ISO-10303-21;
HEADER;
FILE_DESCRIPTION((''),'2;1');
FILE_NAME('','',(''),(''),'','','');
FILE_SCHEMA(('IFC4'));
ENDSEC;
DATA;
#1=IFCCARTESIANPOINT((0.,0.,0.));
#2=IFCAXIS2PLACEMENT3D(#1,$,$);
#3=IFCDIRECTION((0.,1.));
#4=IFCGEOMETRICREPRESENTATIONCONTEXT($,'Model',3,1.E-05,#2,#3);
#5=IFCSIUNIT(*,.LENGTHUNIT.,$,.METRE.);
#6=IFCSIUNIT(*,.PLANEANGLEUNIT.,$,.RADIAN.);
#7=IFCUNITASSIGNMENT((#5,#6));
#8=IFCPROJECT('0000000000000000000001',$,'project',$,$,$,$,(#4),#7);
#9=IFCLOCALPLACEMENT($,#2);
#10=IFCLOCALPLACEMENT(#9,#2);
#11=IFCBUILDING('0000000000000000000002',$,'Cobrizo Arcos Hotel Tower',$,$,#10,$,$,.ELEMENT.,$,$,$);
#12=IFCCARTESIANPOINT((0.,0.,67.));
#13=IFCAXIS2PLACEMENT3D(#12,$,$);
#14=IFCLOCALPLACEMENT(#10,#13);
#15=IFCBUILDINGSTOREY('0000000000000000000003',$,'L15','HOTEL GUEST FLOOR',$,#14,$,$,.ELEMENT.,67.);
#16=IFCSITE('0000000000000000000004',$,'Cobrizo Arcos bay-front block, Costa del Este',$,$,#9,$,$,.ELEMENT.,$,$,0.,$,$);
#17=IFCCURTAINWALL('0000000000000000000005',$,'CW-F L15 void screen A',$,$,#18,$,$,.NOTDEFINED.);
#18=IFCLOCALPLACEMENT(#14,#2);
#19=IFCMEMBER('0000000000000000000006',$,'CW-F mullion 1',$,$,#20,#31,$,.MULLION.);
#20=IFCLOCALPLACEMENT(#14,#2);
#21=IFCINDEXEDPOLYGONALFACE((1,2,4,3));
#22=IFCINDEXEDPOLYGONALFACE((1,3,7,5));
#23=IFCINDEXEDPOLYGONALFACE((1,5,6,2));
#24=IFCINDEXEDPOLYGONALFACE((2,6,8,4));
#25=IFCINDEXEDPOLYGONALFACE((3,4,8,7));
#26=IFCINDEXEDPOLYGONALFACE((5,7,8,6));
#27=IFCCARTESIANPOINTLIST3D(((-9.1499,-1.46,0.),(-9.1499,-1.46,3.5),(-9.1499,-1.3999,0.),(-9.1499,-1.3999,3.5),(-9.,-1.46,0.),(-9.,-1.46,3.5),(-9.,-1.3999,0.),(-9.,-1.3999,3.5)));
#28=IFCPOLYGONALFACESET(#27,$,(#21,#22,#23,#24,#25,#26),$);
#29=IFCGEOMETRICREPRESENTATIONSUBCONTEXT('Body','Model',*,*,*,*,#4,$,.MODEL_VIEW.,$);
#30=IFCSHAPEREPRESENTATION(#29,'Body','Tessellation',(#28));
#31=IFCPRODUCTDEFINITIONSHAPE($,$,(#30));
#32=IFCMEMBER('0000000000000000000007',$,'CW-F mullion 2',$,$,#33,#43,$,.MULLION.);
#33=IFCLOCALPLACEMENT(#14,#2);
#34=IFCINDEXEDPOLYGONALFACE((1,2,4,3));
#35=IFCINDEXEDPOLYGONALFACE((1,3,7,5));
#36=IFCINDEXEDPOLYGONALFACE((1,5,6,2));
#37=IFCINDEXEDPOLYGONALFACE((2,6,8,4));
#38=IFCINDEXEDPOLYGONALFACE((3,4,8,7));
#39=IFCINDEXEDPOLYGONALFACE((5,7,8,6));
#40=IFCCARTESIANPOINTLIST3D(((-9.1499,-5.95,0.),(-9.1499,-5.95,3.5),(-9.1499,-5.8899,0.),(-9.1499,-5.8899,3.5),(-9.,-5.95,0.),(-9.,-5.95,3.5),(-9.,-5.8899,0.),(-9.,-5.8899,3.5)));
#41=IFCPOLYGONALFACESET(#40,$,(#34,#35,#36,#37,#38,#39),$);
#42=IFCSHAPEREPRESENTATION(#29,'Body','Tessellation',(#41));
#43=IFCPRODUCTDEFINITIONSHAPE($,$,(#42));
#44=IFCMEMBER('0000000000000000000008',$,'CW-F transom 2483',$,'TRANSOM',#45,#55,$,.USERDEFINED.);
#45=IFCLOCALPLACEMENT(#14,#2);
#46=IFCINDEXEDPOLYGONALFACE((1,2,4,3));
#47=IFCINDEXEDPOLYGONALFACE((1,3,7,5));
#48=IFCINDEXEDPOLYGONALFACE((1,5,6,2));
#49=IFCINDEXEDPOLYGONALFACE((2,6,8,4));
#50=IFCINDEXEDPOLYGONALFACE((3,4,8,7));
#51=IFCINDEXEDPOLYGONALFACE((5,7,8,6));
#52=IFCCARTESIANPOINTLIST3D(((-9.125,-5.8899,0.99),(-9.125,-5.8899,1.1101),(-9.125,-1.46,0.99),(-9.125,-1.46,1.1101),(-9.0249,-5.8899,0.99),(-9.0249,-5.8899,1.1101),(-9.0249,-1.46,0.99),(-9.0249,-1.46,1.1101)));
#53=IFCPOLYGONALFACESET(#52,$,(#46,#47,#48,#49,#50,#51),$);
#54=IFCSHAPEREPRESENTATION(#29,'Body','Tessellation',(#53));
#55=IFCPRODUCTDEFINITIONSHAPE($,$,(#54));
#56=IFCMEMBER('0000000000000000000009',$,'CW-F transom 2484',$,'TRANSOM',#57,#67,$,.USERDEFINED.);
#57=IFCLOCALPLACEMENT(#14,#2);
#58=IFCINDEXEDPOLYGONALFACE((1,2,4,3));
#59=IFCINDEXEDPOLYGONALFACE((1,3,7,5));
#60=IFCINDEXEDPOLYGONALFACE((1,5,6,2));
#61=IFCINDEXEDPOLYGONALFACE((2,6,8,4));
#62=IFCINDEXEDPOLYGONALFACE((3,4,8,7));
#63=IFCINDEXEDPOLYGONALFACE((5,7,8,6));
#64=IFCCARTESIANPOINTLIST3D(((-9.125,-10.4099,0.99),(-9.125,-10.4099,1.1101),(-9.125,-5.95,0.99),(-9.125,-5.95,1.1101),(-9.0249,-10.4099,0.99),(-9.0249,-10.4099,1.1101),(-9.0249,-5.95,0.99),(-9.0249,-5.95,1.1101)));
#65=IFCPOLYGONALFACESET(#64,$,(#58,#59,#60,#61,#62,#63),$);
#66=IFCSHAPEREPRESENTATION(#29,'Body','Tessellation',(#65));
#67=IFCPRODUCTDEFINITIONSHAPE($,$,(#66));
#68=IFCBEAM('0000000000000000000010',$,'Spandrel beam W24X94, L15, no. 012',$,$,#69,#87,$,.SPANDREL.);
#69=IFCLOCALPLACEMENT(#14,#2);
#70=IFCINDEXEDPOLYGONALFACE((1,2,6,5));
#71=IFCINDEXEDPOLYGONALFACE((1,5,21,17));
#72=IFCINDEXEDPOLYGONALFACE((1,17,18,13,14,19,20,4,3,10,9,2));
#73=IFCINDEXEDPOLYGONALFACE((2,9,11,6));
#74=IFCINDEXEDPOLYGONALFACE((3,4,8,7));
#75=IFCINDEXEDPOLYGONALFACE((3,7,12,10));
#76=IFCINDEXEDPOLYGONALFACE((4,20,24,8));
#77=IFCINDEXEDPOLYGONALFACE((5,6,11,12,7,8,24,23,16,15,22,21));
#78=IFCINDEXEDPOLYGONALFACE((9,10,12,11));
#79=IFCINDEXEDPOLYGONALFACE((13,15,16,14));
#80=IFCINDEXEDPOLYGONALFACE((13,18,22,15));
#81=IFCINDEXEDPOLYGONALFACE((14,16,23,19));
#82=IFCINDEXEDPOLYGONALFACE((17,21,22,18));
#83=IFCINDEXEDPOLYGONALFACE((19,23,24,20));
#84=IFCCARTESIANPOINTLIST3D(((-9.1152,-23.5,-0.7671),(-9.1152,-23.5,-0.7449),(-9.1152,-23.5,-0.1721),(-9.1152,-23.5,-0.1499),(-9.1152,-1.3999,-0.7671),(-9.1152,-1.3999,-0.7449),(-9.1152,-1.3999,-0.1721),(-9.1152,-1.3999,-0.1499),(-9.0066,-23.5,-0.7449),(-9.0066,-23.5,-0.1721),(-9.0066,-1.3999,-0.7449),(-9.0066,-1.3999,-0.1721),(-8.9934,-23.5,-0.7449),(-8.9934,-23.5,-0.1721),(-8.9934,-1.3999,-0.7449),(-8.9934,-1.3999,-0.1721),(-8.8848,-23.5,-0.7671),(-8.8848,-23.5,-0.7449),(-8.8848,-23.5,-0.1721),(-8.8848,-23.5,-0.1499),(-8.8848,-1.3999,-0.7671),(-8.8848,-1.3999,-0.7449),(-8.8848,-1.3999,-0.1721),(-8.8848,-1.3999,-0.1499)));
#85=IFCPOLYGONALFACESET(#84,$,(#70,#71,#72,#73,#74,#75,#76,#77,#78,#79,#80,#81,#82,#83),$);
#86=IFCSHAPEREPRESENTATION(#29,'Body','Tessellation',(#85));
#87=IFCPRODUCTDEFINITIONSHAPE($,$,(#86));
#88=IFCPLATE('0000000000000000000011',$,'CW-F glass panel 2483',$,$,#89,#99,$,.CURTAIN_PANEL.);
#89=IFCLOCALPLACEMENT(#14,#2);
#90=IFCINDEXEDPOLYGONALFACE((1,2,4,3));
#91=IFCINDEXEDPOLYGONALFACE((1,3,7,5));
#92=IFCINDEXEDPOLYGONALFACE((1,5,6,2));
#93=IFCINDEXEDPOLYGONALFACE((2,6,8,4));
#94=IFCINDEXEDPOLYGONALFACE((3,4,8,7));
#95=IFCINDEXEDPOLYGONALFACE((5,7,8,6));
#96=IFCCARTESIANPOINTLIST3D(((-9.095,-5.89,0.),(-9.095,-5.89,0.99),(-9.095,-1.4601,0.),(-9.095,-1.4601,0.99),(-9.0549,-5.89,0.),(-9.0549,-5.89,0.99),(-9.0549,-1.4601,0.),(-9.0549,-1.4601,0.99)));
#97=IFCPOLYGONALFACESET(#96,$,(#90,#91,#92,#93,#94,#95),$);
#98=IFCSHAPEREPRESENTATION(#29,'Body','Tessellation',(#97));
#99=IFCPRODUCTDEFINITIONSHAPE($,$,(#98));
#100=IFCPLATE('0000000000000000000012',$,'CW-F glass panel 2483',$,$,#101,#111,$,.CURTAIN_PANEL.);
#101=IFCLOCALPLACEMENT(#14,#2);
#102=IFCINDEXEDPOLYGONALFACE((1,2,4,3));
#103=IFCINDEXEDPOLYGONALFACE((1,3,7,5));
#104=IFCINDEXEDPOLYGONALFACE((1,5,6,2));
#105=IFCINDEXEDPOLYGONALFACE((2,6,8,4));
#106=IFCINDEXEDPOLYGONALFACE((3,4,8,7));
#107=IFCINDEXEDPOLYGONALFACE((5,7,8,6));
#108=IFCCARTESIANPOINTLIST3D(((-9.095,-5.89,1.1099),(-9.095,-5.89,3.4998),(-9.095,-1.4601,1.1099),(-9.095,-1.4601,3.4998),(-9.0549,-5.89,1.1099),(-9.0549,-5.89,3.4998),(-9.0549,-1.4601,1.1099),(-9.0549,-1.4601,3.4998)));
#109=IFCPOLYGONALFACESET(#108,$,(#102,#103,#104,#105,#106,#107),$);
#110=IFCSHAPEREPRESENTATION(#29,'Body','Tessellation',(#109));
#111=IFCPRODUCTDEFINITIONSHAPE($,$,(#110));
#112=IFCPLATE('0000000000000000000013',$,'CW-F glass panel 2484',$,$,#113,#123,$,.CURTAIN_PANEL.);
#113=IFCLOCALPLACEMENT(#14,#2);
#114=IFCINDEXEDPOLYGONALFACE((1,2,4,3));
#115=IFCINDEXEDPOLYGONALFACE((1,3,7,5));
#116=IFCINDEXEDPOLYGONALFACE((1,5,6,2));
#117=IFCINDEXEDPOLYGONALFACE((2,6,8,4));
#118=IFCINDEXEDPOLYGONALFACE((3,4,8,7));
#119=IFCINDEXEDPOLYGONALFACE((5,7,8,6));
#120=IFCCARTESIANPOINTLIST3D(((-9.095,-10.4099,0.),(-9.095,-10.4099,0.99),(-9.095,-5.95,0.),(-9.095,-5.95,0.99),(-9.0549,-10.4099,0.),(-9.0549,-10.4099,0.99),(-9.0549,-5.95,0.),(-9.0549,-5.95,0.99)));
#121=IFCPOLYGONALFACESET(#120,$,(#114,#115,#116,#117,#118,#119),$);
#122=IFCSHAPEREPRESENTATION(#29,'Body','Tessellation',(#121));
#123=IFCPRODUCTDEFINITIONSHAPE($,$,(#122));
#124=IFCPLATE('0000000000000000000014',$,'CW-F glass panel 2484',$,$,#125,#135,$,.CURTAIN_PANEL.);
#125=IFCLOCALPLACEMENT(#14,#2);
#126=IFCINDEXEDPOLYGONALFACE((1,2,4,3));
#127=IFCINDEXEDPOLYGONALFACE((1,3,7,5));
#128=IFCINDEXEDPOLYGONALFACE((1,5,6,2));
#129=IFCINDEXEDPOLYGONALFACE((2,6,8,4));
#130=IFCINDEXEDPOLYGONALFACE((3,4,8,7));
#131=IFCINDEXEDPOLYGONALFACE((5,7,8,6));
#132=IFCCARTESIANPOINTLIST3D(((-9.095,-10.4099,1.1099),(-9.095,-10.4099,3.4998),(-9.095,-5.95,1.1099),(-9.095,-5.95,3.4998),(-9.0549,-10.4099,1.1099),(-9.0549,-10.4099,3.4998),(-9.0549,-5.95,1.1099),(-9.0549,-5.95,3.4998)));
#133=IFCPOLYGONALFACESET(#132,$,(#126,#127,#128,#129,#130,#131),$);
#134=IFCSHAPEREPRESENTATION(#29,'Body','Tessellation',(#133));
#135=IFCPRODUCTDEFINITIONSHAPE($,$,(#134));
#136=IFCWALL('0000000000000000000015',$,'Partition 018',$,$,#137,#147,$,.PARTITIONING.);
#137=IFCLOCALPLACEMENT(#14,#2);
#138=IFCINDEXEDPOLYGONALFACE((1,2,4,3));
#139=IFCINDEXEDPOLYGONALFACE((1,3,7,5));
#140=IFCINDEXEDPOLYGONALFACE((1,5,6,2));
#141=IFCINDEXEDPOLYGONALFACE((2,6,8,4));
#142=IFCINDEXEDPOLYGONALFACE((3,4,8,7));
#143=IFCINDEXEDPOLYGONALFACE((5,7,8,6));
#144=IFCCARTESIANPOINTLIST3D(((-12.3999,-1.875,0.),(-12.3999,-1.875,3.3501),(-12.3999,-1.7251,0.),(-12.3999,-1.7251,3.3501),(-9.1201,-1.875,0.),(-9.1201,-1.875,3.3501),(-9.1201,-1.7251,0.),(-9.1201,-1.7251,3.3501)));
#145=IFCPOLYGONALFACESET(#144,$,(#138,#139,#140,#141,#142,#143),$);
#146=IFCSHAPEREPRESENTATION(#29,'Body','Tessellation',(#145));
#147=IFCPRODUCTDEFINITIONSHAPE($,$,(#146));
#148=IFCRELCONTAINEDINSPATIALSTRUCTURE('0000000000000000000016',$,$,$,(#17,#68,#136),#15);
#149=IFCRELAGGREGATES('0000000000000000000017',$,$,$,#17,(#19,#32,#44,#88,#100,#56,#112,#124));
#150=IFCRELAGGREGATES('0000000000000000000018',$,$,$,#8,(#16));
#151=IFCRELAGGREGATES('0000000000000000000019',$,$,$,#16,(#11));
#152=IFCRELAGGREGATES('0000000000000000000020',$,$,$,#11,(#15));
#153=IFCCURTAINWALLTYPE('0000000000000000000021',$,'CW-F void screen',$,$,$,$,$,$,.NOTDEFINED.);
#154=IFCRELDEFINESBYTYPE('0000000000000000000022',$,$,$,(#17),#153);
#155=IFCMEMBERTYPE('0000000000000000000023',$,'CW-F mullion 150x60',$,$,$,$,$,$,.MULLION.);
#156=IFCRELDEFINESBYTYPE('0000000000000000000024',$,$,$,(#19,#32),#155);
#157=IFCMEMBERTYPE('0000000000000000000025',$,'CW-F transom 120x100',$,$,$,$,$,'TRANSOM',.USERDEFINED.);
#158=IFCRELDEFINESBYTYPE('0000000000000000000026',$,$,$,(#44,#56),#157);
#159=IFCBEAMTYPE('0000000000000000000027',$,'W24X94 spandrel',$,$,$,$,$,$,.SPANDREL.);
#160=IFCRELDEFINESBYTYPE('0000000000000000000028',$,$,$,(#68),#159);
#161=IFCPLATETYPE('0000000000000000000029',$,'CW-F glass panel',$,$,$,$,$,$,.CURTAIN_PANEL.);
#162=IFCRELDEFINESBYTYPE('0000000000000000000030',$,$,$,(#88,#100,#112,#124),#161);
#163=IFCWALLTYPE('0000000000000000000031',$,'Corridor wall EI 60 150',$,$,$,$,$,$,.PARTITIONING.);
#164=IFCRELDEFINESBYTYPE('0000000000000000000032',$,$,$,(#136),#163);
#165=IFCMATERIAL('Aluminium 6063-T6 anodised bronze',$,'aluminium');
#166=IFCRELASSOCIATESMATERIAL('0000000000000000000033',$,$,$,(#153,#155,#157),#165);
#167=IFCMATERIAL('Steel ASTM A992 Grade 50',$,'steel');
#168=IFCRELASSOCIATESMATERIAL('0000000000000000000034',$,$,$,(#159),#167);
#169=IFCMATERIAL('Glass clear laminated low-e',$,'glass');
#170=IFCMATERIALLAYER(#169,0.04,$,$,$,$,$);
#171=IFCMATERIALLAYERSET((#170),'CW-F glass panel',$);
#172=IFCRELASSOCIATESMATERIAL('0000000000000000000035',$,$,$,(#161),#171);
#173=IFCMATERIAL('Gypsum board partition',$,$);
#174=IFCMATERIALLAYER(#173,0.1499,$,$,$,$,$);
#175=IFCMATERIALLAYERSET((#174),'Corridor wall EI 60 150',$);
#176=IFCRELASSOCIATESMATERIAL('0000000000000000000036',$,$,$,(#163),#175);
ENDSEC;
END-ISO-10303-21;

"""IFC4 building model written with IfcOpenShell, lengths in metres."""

from ifc_helpers import new_model, si_unit, direction, frame, frame_2d, origin, origin_2d, place, context, subcontext, project, spatial, rectangle, i_section, extrude, material, layer, layer_set, material_profile, profile_set, type_object, element, aggregate, save


model = new_model("IFC4")

# Units and contexts
model_context = context("Model", 3, precision=1e-05, world=origin(), true_north=direction((0.0, 1.0)))
body_context = subcontext(model_context, "Body", "Model", "MODEL_VIEW")
ifc_project = project(units=[si_unit("LENGTHUNIT", "METRE"), si_unit("PLANEANGLEUNIT", "RADIAN")], contexts=[model_context])

# Site, building, storey
site_placement = place(None, origin())
site = spatial("IfcSite", under=ifc_project, at=site_placement, Name="Cobrizo Arcos bay-front block, Costa del Este", CompositionType="ELEMENT", RefElevation=0.0)
building_placement = place(site_placement, origin())
building = spatial("IfcBuilding", under=site, at=building_placement, Name="Cobrizo Arcos Hotel Tower", CompositionType="ELEMENT")
storey_placement = place(building_placement, frame((0.0, 0.0, 67.0)))
storey = spatial("IfcBuildingStorey", under=building, at=storey_placement, Name="L15", Description="HOTEL GUEST FLOOR", CompositionType="ELEMENT", Elevation=67.0)

# Curtain wall, members
ifc_material_1 = material(Name="Aluminium 6063-T6 anodised bronze", Category="aluminium")
curtain_wall_type = type_object("IfcCurtainWallType", Name="CW-F void screen", PredefinedType="NOTDEFINED", material=ifc_material_1)
curtain_wall_placement = place(storey_placement, origin())
curtain_wall = element("IfcCurtainWall", 1, at=curtain_wall_placement, inside=storey, type_object=curtain_wall_type, Name="CW-F L15 void screen A", PredefinedType="NOTDEFINED")
ifc_material_profile_1 = material_profile(ifc_material_1, rectangle(XDim=0.1499, YDim=0.0601, at=origin_2d()), Name="CW-F mullion 150x60")
ifc_profile_set_1 = profile_set([ifc_material_profile_1], Name="Aluminium 6063-T6 anodised bronze")
member_type_1 = type_object("IfcMemberType", Name="CW-F mullion 150x60", PredefinedType="MULLION", material=ifc_profile_set_1)
member_1_placement = place(storey_placement, frame((-9.075, -1.4299, 0.0), z_axis=(0.0, 0.0, 1.0), x_axis=(-1.0, 0.0, 0.0)))
member_1 = element("IfcMember", 2, at=member_1_placement, type_object=member_type_1, Name="CW-F mullion 1", PredefinedType="MULLION", context=body_context, shape_type="SweptSolid", body=[
    extrude(rectangle(XDim=0.1499, YDim=0.0601, at=origin_2d()), origin(), (0.0, 0.0, 1.0), 3.5),
])
member_2_placement = place(storey_placement, frame((-9.075, -5.9199, 0.0), z_axis=(0.0, 0.0, 1.0), x_axis=(-1.0, 0.0, 0.0)))
member_2 = element("IfcMember", 3, at=member_2_placement, type_object=member_type_1, Name="CW-F mullion 2", PredefinedType="MULLION", context=body_context, shape_type="SweptSolid", body=[
    extrude(rectangle(XDim=0.1499, YDim=0.0601, at=origin_2d()), origin(), (0.0, 0.0, 1.0), 3.5),
])
ifc_material_profile_2 = material_profile(ifc_material_1, rectangle(XDim=0.1001, YDim=0.1201, at=origin_2d()), Name="CW-F transom 120x100")
ifc_profile_set_2 = profile_set([ifc_material_profile_2], Name="Aluminium 6063-T6 anodised bronze")
member_type_2 = type_object("IfcMemberType", Name="CW-F transom 120x100", ElementType="TRANSOM", PredefinedType="USERDEFINED", material=ifc_profile_set_2)
member_3_placement = place(storey_placement, frame((-9.075, -1.46, 1.05), z_axis=(0.0, -1.0, 0.0), x_axis=(1.0, 0.0, 0.0)))
member_3 = element("IfcMember", 4, at=member_3_placement, type_object=member_type_2, Name="CW-F transom 2483", ObjectType="TRANSOM", PredefinedType="USERDEFINED", context=body_context, shape_type="SweptSolid", body=[
    extrude(rectangle(XDim=0.1001, YDim=0.1201, at=origin_2d()), origin(), (0.0, 0.0, 1.0), 4.4299),
])
member_4_placement = place(storey_placement, frame((-9.075, -5.95, 1.05), z_axis=(0.0, -1.0, 0.0), x_axis=(1.0, 0.0, 0.0)))
member_4 = element("IfcMember", 5, at=member_4_placement, type_object=member_type_2, Name="CW-F transom 2484", ObjectType="TRANSOM", PredefinedType="USERDEFINED", context=body_context, shape_type="SweptSolid", body=[
    extrude(rectangle(XDim=0.1001, YDim=0.1201, at=origin_2d()), origin(), (0.0, 0.0, 1.0), 4.46),
])

# Beam
ifc_material_2 = material(Name="Steel ASTM A992 Grade 50", Category="steel")
ifc_material_profile_3 = material_profile(ifc_material_2, i_section(OverallWidth=0.2305, OverallDepth=0.6172, WebThickness=0.0132, FlangeThickness=0.0222, at=origin_2d()), Name="W24X94")
ifc_profile_set_3 = profile_set([ifc_material_profile_3], Name="Steel ASTM A992 Grade 50")
beam_type = type_object("IfcBeamType", Name="W24X94 spandrel", PredefinedType="SPANDREL", material=ifc_profile_set_3)
beam_placement = place(storey_placement, frame((-9.0, -1.3999, -0.4585), z_axis=(0.0, -1.0, 0.0), x_axis=(1.0, 0.0, 0.0)))
element("IfcBeam", 6, at=beam_placement, inside=storey, type_object=beam_type, Name="Spandrel beam W24X94, L15, no. 012", PredefinedType="SPANDREL", context=body_context, shape_type="SweptSolid", body=[
    extrude(i_section(OverallWidth=0.2305, OverallDepth=0.6172, WebThickness=0.0132, FlangeThickness=0.0222, at=origin_2d()), origin(), (0.0, 0.0, 1.0), 22.1001),
])

# Plates
ifc_material_3 = material(Name="Glass clear laminated low-e", Category="glass")
ifc_layer_1 = layer(ifc_material_3, 0.04)
ifc_layer_set_1 = layer_set([ifc_layer_1], Name="CW-F glass panel")
plate_type = type_object("IfcPlateType", Name="CW-F glass panel", PredefinedType="CURTAIN_PANEL", material=ifc_layer_set_1)
plate_1_placement = place(storey_placement, frame((-9.075, -3.675, 0.0), z_axis=(0.0, 0.0, 1.0), x_axis=(0.0, -1.0, 0.0)))
plate_1 = element("IfcPlate", 7, at=plate_1_placement, type_object=plate_type, Name="CW-F glass panel 2483", PredefinedType="CURTAIN_PANEL", context=body_context, shape_type="SweptSolid", body=[
    extrude(rectangle(XDim=4.4299, YDim=0.04, at=origin_2d()), origin(), (0.0, 0.0, 1.0), 0.99),
])
plate_2_placement = place(storey_placement, frame((-9.075, -3.675, 1.1099), z_axis=(0.0, 0.0, 1.0), x_axis=(0.0, -1.0, 0.0)))
plate_2 = element("IfcPlate", 8, at=plate_2_placement, type_object=plate_type, Name="CW-F glass panel 2483", PredefinedType="CURTAIN_PANEL", context=body_context, shape_type="SweptSolid", body=[
    extrude(rectangle(XDim=4.4299, YDim=0.04, at=origin_2d()), origin(), (0.0, 0.0, 1.0), 2.3899),
])
plate_3_placement = place(storey_placement, frame((-9.075, -8.1799, 0.0), z_axis=(0.0, 0.0, 1.0), x_axis=(0.0, -1.0, 0.0)))
plate_3 = element("IfcPlate", 9, at=plate_3_placement, type_object=plate_type, Name="CW-F glass panel 2484", PredefinedType="CURTAIN_PANEL", context=body_context, shape_type="SweptSolid", body=[
    extrude(rectangle(XDim=4.46, YDim=0.04, at=origin_2d()), origin(), (0.0, 0.0, 1.0), 0.99),
])
plate_4_placement = place(storey_placement, frame((-9.075, -8.1799, 1.1099), z_axis=(0.0, 0.0, 1.0), x_axis=(0.0, -1.0, 0.0)))
plate_4 = element("IfcPlate", 10, at=plate_4_placement, type_object=plate_type, Name="CW-F glass panel 2484", PredefinedType="CURTAIN_PANEL", context=body_context, shape_type="SweptSolid", body=[
    extrude(rectangle(XDim=4.46, YDim=0.04, at=origin_2d()), origin(), (0.0, 0.0, 1.0), 2.3899),
])
aggregate(curtain_wall, [member_1, member_2, member_3, plate_1, plate_2, member_4, plate_3, plate_4])

# Wall
ifc_material_4 = material(Name="Gypsum board partition")
ifc_layer_2 = layer(ifc_material_4, 0.1499)
ifc_layer_set_2 = layer_set([ifc_layer_2], Name="Corridor wall EI 60 150")
wall_type_1 = type_object("IfcWallType", Name="Corridor wall EI 60 150", PredefinedType="PARTITIONING", material=ifc_layer_set_2)
wall_1_placement = place(storey_placement, frame((-12.3999, -1.8, 0.0), z_axis=(0.0, 0.0, 1.0), x_axis=(1.0, 0.0, 0.0)))
element("IfcWall", 11, at=wall_1_placement, inside=storey, type_object=wall_type_1, Name="Partition 018", PredefinedType="PARTITIONING", context=body_context, shape_type="SweptSolid", body=[
    extrude(rectangle(XDim=3.2798, YDim=0.1499, at=frame_2d((1.6399, 0.0))), origin(), (0.0, 0.0, 1.0), 3.3501),
])

save(model, "model.ifc")
